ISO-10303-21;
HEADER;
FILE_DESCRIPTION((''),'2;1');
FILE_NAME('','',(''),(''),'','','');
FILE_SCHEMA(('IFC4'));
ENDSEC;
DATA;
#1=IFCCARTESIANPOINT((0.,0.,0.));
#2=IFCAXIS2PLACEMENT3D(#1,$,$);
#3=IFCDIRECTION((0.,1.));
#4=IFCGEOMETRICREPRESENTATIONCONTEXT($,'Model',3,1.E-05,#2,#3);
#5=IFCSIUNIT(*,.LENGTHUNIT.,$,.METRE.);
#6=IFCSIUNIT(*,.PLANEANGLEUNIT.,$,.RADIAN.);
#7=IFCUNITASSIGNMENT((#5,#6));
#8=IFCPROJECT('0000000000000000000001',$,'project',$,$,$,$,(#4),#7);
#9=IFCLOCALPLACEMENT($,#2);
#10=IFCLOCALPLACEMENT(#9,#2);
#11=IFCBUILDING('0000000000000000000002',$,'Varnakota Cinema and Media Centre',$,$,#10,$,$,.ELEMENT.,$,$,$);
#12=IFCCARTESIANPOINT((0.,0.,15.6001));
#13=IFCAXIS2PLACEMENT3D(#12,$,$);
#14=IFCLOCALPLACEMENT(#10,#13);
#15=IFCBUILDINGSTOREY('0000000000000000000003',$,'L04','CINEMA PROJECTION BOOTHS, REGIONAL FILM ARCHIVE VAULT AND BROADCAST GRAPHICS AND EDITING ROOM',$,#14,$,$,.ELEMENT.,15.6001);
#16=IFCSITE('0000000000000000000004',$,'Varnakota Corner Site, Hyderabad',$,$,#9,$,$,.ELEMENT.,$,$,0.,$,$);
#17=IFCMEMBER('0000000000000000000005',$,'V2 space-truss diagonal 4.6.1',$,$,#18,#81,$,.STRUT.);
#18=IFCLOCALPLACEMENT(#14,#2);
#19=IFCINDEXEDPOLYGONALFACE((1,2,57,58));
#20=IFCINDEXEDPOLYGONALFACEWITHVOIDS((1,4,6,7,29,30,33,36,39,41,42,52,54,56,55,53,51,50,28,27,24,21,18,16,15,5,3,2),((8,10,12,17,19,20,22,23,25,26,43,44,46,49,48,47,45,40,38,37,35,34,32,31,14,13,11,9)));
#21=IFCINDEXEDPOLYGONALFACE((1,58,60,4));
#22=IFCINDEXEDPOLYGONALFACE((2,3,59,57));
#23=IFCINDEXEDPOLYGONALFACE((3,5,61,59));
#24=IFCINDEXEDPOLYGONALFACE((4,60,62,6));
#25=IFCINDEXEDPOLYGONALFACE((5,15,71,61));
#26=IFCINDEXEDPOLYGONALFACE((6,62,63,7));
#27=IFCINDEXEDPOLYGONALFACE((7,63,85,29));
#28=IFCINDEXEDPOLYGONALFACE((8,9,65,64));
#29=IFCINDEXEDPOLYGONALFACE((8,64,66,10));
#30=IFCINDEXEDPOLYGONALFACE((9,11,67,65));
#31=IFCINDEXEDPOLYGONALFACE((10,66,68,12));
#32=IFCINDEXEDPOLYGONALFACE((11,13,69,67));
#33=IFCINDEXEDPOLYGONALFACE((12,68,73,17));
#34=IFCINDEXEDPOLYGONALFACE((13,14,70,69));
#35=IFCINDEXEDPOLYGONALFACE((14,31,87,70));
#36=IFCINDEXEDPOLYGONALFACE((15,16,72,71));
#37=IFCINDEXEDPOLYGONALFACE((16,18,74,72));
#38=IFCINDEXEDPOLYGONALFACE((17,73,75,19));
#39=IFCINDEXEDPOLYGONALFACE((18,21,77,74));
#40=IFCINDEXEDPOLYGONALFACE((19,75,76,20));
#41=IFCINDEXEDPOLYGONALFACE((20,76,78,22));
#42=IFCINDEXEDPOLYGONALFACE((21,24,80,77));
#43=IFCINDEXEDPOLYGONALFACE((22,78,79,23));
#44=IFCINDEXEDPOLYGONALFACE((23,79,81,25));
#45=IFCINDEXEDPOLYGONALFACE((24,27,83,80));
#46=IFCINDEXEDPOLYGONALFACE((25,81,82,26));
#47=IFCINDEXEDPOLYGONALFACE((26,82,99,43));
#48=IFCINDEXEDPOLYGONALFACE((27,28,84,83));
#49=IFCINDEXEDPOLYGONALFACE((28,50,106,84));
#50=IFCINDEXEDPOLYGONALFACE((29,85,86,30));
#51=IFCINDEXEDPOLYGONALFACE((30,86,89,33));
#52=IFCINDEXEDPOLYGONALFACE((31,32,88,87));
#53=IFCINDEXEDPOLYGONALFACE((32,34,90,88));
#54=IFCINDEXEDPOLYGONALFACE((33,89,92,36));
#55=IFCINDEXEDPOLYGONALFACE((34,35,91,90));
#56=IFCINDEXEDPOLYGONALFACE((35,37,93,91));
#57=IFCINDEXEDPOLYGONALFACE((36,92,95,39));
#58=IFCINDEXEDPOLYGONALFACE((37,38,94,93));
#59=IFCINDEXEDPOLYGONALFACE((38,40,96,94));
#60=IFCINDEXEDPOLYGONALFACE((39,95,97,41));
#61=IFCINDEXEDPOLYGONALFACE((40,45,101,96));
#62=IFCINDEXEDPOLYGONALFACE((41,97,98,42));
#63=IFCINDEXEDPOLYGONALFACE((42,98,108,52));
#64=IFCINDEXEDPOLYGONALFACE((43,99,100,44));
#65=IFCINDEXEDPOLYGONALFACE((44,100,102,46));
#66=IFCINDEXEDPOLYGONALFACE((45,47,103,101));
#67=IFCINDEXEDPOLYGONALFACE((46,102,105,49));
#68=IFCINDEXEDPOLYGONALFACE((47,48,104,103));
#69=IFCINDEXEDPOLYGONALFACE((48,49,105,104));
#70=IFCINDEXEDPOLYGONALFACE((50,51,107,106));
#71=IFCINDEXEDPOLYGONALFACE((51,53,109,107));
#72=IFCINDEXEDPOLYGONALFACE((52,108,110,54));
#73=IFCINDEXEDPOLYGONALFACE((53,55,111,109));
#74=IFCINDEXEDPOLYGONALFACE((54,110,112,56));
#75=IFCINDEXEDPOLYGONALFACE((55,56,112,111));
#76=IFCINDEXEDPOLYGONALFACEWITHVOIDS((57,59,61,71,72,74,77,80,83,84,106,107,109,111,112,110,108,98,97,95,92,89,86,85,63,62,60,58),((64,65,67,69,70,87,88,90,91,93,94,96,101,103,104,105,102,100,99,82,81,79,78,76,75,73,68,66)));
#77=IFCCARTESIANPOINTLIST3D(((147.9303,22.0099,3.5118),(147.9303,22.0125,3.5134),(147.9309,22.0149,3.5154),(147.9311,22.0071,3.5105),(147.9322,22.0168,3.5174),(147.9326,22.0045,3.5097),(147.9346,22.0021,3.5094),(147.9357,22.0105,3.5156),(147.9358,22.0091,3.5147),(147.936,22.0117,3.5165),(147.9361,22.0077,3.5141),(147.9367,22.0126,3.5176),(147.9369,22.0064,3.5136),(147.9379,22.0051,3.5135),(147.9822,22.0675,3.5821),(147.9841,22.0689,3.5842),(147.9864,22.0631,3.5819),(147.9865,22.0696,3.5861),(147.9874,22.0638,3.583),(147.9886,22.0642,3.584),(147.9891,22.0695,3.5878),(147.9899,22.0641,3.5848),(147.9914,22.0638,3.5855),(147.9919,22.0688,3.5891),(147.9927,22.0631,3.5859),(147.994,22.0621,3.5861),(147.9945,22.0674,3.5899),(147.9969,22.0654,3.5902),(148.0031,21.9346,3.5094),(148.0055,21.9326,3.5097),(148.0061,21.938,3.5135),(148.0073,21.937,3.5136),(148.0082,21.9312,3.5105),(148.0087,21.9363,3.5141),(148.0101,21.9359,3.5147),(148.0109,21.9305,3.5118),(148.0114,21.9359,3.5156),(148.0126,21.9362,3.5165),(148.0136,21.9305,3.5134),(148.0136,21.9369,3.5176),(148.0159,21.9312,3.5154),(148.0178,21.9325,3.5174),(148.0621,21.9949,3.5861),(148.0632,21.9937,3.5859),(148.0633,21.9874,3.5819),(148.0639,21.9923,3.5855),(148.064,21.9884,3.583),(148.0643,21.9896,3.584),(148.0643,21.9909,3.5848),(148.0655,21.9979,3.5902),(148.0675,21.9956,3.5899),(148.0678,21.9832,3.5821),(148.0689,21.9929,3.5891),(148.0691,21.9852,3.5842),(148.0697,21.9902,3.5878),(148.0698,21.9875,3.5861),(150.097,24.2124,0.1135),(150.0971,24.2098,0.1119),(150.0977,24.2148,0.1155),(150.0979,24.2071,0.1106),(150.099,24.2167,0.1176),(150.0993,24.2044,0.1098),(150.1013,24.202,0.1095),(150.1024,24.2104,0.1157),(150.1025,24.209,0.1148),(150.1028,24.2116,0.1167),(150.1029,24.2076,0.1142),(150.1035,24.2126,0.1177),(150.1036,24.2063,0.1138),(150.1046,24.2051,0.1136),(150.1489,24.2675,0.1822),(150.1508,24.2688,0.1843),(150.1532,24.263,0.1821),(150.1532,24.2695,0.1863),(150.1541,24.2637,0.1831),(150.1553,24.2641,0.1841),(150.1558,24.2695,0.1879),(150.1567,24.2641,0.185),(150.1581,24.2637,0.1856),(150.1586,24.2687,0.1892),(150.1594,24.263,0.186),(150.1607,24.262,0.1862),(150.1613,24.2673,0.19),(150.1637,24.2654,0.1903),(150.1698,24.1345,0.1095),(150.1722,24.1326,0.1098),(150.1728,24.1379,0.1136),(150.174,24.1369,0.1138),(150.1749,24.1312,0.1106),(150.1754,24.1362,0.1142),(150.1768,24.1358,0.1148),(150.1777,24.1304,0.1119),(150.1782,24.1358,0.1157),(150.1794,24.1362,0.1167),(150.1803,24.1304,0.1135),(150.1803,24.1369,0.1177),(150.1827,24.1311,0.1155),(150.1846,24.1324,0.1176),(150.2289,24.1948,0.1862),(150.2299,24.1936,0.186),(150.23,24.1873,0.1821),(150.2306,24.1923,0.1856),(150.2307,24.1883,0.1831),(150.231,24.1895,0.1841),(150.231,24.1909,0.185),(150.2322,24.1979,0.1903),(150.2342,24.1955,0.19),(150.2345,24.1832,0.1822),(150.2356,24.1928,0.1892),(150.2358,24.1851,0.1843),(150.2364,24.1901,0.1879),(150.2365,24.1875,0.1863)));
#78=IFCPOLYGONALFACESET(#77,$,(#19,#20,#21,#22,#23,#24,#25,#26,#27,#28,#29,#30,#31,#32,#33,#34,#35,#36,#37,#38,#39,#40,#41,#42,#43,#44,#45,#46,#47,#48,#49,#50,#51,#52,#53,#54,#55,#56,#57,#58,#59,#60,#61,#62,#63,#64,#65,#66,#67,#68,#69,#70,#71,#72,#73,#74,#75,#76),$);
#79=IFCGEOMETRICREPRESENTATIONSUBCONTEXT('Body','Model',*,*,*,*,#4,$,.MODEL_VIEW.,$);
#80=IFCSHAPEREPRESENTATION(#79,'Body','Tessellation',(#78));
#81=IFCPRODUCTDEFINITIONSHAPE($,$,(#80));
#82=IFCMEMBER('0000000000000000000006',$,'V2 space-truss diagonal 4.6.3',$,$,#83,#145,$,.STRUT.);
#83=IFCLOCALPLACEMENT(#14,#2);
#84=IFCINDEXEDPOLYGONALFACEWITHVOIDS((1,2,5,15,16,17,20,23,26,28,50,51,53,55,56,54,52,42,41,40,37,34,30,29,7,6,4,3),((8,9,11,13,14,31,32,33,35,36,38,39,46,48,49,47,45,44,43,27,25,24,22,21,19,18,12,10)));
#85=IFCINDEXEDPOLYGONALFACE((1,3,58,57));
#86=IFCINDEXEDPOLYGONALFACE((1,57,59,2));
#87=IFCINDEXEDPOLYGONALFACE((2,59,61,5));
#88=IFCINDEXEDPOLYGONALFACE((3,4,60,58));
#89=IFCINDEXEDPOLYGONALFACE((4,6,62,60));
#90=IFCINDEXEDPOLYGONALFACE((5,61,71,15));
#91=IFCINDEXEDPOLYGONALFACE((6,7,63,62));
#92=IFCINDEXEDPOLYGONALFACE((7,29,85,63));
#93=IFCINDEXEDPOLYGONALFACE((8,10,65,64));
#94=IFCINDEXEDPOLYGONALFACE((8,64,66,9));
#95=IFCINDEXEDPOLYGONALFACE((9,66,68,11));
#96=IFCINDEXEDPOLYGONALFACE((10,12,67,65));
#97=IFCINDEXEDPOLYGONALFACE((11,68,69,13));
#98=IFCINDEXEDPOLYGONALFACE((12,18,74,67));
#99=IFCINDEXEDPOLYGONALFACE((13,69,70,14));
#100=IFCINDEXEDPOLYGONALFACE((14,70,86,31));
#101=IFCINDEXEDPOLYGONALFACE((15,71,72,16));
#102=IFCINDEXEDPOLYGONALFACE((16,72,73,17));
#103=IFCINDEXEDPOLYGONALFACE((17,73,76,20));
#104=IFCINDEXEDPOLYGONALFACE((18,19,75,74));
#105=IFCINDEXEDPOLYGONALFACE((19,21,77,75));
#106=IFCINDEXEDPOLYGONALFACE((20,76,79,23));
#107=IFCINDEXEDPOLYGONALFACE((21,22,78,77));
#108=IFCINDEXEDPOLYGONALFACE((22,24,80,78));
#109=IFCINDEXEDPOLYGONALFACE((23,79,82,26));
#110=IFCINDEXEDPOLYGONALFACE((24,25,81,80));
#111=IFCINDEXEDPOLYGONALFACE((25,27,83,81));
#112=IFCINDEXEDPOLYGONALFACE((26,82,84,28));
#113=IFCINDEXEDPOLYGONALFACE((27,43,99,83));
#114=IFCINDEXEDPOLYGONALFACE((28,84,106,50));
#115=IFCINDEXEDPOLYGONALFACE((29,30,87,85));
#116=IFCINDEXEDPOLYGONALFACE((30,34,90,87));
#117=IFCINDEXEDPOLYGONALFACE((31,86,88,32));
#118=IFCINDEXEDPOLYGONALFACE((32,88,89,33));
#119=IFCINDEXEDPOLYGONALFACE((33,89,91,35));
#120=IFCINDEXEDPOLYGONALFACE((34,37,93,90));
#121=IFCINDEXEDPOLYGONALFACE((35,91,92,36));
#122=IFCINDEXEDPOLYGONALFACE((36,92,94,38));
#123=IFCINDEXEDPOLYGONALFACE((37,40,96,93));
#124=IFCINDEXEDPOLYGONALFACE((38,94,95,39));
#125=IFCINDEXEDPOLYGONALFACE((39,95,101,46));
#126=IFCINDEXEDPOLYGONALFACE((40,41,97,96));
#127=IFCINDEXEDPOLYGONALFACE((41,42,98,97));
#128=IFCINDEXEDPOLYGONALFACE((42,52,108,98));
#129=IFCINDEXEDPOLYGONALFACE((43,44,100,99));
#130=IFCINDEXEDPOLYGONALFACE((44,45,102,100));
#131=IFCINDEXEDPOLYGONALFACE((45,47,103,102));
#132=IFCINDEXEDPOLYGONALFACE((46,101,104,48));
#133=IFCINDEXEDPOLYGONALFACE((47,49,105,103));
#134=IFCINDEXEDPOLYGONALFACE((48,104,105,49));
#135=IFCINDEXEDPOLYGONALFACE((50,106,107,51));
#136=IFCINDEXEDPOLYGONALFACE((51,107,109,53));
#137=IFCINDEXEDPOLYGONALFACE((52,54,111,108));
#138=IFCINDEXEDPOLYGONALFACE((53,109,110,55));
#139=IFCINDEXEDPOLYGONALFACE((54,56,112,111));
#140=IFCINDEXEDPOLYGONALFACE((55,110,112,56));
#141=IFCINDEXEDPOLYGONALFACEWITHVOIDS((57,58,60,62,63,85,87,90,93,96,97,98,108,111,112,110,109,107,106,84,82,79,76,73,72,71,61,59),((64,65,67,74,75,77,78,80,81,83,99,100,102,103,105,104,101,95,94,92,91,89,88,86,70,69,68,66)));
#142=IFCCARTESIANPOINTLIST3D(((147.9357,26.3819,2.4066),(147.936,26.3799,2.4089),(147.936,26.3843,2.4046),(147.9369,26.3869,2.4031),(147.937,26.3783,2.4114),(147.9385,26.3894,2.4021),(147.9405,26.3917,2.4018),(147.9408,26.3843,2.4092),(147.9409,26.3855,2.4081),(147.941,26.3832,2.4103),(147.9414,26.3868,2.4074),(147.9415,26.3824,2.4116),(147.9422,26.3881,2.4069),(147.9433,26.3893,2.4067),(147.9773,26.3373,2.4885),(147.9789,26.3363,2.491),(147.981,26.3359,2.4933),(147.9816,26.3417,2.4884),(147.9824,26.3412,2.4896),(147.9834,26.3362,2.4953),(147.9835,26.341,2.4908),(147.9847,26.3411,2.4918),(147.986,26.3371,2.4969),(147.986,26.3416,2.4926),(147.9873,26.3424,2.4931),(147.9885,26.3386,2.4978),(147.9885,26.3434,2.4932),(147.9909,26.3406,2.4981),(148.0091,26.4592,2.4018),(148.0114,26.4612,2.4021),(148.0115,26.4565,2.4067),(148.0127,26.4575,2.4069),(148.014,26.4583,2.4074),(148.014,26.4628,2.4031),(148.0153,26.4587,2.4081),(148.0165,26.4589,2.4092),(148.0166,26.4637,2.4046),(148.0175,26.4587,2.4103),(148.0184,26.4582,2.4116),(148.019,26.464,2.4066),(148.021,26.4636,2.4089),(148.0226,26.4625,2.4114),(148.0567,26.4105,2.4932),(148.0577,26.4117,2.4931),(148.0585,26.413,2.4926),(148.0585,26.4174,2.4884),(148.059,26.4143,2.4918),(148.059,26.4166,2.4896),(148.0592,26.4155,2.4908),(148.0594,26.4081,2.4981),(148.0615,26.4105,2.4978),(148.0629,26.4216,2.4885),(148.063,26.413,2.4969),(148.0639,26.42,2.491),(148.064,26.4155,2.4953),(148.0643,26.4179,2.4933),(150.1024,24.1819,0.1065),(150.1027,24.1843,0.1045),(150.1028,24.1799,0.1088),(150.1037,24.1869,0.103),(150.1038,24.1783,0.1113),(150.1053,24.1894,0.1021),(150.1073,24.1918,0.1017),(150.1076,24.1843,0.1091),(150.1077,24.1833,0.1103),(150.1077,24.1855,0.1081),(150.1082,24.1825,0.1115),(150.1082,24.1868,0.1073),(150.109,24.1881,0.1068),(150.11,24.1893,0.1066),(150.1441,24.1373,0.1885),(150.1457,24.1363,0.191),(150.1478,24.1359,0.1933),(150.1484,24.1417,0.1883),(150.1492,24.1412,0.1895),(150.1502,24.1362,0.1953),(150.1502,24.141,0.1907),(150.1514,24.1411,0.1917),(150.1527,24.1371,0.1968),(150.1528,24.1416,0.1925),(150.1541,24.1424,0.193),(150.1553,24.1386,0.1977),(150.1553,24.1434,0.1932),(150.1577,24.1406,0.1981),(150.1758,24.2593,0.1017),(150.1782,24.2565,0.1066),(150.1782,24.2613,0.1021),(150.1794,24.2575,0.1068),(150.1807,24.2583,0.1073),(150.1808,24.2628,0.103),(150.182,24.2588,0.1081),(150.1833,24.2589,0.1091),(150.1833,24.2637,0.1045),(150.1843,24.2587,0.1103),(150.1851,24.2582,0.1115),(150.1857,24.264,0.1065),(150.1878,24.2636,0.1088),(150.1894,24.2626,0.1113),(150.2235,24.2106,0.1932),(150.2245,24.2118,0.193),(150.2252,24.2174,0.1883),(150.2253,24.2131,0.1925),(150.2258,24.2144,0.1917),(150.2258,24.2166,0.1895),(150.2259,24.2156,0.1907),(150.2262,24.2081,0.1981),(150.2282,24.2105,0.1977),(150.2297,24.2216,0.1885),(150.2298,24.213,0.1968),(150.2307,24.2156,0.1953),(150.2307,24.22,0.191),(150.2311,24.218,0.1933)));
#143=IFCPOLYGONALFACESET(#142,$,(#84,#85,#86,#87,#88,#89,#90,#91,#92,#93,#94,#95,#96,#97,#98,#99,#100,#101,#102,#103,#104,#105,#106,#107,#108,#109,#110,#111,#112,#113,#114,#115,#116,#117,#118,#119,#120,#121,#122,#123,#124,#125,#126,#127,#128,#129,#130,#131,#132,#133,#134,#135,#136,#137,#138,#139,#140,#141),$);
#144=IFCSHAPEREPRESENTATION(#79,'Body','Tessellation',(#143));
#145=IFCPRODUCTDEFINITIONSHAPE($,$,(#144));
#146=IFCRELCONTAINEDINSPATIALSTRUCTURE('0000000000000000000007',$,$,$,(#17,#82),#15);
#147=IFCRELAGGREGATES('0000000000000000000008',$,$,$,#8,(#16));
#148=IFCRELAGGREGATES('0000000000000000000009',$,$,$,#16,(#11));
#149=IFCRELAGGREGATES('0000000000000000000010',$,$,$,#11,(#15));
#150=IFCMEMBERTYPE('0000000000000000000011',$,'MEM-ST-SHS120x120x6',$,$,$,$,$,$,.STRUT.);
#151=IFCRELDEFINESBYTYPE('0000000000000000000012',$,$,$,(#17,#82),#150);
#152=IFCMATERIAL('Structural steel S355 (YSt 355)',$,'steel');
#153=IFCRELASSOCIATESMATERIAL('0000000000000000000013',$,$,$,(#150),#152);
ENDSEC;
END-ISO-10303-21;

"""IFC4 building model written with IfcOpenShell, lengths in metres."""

from ifc_helpers import new_model, si_unit, direction, frame, origin, origin_2d, place, context, subcontext, project, spatial, hollow_rectangle, extrude, material, material_profile, profile_set, type_object, element, save


model = new_model("IFC4")

# Units and contexts
model_context = context("Model", 3, precision=1e-05, world=origin(), true_north=direction((0.0, 1.0)))
body_context = subcontext(model_context, "Body", "Model", "MODEL_VIEW")
ifc_project = project(units=[si_unit("LENGTHUNIT", "METRE"), si_unit("PLANEANGLEUNIT", "RADIAN")], contexts=[model_context])

# Site, building, storey
site_placement = place(None, origin())
site = spatial("IfcSite", under=ifc_project, at=site_placement, Name="Varnakota Corner Site, Hyderabad", CompositionType="ELEMENT", RefElevation=0.0)
building_placement = place(site_placement, origin())
building = spatial("IfcBuilding", under=site, at=building_placement, Name="Varnakota Cinema and Media Centre", CompositionType="ELEMENT")
storey_placement = place(building_placement, frame((0.0, 0.0, 15.6001)))
storey = spatial("IfcBuildingStorey", under=building, at=storey_placement, Name="L04", Description="CINEMA PROJECTION BOOTHS, REGIONAL FILM ARCHIVE VAULT AND BROADCAST GRAPHICS AND EDITING ROOM", CompositionType="ELEMENT", Elevation=15.6001)

# Members
ifc_material_1 = material(Name="Structural steel S355 (YSt 355)", Category="steel")
ifc_material_profile_1 = material_profile(ifc_material_1, hollow_rectangle(XDim=0.1201, YDim=0.1201, WallThickness=0.0061, InnerFilletRadius=0.0061, OuterFilletRadius=0.012, at=origin_2d()), Name="SHS 120x120x6")
ifc_profile_set_1 = profile_set([ifc_material_profile_1], Name="Structural steel S355 (YSt 355)")
member_type_1 = type_object("IfcMemberType", Name="MEM-ST-SHS120x120x6", PredefinedType="STRUT", material=ifc_profile_set_1)
member_1_placement = place(storey_placement, frame((150.1667, 24.2, 0.1499), z_axis=(-0.471769, -0.478999, 0.740266), x_axis=(0.712463, -0.70171, 0.0)))
element("IfcMember", 1, at=member_1_placement, inside=storey, type_object=member_type_1, Name="V2 space-truss diagonal 4.6.1", PredefinedType="STRUT", context=body_context, shape_type="SweptSolid", body=[
    extrude(hollow_rectangle(XDim=0.1201, YDim=0.1201, WallThickness=0.0061, InnerFilletRadius=0.0061, OuterFilletRadius=0.012, at=origin_2d()), origin(), (0.0, 0.0, 1.0), 4.5928),
])
member_2_placement = place(storey_placement, frame((150.1667, 24.2, 0.1499), z_axis=(-0.562748, 0.571371, 0.597369), x_axis=(-0.712463, -0.70171, 0.0)))
element("IfcMember", 2, at=member_2_placement, inside=storey, type_object=member_type_1, Name="V2 space-truss diagonal 4.6.3", PredefinedType="STRUT", context=body_context, shape_type="SweptSolid", body=[
    extrude(hollow_rectangle(XDim=0.1201, YDim=0.1201, WallThickness=0.0061, InnerFilletRadius=0.0061, OuterFilletRadius=0.012, at=origin_2d()), origin(), (0.0, 0.0, 1.0), 3.8503),
])

save(model, "model.ifc")
